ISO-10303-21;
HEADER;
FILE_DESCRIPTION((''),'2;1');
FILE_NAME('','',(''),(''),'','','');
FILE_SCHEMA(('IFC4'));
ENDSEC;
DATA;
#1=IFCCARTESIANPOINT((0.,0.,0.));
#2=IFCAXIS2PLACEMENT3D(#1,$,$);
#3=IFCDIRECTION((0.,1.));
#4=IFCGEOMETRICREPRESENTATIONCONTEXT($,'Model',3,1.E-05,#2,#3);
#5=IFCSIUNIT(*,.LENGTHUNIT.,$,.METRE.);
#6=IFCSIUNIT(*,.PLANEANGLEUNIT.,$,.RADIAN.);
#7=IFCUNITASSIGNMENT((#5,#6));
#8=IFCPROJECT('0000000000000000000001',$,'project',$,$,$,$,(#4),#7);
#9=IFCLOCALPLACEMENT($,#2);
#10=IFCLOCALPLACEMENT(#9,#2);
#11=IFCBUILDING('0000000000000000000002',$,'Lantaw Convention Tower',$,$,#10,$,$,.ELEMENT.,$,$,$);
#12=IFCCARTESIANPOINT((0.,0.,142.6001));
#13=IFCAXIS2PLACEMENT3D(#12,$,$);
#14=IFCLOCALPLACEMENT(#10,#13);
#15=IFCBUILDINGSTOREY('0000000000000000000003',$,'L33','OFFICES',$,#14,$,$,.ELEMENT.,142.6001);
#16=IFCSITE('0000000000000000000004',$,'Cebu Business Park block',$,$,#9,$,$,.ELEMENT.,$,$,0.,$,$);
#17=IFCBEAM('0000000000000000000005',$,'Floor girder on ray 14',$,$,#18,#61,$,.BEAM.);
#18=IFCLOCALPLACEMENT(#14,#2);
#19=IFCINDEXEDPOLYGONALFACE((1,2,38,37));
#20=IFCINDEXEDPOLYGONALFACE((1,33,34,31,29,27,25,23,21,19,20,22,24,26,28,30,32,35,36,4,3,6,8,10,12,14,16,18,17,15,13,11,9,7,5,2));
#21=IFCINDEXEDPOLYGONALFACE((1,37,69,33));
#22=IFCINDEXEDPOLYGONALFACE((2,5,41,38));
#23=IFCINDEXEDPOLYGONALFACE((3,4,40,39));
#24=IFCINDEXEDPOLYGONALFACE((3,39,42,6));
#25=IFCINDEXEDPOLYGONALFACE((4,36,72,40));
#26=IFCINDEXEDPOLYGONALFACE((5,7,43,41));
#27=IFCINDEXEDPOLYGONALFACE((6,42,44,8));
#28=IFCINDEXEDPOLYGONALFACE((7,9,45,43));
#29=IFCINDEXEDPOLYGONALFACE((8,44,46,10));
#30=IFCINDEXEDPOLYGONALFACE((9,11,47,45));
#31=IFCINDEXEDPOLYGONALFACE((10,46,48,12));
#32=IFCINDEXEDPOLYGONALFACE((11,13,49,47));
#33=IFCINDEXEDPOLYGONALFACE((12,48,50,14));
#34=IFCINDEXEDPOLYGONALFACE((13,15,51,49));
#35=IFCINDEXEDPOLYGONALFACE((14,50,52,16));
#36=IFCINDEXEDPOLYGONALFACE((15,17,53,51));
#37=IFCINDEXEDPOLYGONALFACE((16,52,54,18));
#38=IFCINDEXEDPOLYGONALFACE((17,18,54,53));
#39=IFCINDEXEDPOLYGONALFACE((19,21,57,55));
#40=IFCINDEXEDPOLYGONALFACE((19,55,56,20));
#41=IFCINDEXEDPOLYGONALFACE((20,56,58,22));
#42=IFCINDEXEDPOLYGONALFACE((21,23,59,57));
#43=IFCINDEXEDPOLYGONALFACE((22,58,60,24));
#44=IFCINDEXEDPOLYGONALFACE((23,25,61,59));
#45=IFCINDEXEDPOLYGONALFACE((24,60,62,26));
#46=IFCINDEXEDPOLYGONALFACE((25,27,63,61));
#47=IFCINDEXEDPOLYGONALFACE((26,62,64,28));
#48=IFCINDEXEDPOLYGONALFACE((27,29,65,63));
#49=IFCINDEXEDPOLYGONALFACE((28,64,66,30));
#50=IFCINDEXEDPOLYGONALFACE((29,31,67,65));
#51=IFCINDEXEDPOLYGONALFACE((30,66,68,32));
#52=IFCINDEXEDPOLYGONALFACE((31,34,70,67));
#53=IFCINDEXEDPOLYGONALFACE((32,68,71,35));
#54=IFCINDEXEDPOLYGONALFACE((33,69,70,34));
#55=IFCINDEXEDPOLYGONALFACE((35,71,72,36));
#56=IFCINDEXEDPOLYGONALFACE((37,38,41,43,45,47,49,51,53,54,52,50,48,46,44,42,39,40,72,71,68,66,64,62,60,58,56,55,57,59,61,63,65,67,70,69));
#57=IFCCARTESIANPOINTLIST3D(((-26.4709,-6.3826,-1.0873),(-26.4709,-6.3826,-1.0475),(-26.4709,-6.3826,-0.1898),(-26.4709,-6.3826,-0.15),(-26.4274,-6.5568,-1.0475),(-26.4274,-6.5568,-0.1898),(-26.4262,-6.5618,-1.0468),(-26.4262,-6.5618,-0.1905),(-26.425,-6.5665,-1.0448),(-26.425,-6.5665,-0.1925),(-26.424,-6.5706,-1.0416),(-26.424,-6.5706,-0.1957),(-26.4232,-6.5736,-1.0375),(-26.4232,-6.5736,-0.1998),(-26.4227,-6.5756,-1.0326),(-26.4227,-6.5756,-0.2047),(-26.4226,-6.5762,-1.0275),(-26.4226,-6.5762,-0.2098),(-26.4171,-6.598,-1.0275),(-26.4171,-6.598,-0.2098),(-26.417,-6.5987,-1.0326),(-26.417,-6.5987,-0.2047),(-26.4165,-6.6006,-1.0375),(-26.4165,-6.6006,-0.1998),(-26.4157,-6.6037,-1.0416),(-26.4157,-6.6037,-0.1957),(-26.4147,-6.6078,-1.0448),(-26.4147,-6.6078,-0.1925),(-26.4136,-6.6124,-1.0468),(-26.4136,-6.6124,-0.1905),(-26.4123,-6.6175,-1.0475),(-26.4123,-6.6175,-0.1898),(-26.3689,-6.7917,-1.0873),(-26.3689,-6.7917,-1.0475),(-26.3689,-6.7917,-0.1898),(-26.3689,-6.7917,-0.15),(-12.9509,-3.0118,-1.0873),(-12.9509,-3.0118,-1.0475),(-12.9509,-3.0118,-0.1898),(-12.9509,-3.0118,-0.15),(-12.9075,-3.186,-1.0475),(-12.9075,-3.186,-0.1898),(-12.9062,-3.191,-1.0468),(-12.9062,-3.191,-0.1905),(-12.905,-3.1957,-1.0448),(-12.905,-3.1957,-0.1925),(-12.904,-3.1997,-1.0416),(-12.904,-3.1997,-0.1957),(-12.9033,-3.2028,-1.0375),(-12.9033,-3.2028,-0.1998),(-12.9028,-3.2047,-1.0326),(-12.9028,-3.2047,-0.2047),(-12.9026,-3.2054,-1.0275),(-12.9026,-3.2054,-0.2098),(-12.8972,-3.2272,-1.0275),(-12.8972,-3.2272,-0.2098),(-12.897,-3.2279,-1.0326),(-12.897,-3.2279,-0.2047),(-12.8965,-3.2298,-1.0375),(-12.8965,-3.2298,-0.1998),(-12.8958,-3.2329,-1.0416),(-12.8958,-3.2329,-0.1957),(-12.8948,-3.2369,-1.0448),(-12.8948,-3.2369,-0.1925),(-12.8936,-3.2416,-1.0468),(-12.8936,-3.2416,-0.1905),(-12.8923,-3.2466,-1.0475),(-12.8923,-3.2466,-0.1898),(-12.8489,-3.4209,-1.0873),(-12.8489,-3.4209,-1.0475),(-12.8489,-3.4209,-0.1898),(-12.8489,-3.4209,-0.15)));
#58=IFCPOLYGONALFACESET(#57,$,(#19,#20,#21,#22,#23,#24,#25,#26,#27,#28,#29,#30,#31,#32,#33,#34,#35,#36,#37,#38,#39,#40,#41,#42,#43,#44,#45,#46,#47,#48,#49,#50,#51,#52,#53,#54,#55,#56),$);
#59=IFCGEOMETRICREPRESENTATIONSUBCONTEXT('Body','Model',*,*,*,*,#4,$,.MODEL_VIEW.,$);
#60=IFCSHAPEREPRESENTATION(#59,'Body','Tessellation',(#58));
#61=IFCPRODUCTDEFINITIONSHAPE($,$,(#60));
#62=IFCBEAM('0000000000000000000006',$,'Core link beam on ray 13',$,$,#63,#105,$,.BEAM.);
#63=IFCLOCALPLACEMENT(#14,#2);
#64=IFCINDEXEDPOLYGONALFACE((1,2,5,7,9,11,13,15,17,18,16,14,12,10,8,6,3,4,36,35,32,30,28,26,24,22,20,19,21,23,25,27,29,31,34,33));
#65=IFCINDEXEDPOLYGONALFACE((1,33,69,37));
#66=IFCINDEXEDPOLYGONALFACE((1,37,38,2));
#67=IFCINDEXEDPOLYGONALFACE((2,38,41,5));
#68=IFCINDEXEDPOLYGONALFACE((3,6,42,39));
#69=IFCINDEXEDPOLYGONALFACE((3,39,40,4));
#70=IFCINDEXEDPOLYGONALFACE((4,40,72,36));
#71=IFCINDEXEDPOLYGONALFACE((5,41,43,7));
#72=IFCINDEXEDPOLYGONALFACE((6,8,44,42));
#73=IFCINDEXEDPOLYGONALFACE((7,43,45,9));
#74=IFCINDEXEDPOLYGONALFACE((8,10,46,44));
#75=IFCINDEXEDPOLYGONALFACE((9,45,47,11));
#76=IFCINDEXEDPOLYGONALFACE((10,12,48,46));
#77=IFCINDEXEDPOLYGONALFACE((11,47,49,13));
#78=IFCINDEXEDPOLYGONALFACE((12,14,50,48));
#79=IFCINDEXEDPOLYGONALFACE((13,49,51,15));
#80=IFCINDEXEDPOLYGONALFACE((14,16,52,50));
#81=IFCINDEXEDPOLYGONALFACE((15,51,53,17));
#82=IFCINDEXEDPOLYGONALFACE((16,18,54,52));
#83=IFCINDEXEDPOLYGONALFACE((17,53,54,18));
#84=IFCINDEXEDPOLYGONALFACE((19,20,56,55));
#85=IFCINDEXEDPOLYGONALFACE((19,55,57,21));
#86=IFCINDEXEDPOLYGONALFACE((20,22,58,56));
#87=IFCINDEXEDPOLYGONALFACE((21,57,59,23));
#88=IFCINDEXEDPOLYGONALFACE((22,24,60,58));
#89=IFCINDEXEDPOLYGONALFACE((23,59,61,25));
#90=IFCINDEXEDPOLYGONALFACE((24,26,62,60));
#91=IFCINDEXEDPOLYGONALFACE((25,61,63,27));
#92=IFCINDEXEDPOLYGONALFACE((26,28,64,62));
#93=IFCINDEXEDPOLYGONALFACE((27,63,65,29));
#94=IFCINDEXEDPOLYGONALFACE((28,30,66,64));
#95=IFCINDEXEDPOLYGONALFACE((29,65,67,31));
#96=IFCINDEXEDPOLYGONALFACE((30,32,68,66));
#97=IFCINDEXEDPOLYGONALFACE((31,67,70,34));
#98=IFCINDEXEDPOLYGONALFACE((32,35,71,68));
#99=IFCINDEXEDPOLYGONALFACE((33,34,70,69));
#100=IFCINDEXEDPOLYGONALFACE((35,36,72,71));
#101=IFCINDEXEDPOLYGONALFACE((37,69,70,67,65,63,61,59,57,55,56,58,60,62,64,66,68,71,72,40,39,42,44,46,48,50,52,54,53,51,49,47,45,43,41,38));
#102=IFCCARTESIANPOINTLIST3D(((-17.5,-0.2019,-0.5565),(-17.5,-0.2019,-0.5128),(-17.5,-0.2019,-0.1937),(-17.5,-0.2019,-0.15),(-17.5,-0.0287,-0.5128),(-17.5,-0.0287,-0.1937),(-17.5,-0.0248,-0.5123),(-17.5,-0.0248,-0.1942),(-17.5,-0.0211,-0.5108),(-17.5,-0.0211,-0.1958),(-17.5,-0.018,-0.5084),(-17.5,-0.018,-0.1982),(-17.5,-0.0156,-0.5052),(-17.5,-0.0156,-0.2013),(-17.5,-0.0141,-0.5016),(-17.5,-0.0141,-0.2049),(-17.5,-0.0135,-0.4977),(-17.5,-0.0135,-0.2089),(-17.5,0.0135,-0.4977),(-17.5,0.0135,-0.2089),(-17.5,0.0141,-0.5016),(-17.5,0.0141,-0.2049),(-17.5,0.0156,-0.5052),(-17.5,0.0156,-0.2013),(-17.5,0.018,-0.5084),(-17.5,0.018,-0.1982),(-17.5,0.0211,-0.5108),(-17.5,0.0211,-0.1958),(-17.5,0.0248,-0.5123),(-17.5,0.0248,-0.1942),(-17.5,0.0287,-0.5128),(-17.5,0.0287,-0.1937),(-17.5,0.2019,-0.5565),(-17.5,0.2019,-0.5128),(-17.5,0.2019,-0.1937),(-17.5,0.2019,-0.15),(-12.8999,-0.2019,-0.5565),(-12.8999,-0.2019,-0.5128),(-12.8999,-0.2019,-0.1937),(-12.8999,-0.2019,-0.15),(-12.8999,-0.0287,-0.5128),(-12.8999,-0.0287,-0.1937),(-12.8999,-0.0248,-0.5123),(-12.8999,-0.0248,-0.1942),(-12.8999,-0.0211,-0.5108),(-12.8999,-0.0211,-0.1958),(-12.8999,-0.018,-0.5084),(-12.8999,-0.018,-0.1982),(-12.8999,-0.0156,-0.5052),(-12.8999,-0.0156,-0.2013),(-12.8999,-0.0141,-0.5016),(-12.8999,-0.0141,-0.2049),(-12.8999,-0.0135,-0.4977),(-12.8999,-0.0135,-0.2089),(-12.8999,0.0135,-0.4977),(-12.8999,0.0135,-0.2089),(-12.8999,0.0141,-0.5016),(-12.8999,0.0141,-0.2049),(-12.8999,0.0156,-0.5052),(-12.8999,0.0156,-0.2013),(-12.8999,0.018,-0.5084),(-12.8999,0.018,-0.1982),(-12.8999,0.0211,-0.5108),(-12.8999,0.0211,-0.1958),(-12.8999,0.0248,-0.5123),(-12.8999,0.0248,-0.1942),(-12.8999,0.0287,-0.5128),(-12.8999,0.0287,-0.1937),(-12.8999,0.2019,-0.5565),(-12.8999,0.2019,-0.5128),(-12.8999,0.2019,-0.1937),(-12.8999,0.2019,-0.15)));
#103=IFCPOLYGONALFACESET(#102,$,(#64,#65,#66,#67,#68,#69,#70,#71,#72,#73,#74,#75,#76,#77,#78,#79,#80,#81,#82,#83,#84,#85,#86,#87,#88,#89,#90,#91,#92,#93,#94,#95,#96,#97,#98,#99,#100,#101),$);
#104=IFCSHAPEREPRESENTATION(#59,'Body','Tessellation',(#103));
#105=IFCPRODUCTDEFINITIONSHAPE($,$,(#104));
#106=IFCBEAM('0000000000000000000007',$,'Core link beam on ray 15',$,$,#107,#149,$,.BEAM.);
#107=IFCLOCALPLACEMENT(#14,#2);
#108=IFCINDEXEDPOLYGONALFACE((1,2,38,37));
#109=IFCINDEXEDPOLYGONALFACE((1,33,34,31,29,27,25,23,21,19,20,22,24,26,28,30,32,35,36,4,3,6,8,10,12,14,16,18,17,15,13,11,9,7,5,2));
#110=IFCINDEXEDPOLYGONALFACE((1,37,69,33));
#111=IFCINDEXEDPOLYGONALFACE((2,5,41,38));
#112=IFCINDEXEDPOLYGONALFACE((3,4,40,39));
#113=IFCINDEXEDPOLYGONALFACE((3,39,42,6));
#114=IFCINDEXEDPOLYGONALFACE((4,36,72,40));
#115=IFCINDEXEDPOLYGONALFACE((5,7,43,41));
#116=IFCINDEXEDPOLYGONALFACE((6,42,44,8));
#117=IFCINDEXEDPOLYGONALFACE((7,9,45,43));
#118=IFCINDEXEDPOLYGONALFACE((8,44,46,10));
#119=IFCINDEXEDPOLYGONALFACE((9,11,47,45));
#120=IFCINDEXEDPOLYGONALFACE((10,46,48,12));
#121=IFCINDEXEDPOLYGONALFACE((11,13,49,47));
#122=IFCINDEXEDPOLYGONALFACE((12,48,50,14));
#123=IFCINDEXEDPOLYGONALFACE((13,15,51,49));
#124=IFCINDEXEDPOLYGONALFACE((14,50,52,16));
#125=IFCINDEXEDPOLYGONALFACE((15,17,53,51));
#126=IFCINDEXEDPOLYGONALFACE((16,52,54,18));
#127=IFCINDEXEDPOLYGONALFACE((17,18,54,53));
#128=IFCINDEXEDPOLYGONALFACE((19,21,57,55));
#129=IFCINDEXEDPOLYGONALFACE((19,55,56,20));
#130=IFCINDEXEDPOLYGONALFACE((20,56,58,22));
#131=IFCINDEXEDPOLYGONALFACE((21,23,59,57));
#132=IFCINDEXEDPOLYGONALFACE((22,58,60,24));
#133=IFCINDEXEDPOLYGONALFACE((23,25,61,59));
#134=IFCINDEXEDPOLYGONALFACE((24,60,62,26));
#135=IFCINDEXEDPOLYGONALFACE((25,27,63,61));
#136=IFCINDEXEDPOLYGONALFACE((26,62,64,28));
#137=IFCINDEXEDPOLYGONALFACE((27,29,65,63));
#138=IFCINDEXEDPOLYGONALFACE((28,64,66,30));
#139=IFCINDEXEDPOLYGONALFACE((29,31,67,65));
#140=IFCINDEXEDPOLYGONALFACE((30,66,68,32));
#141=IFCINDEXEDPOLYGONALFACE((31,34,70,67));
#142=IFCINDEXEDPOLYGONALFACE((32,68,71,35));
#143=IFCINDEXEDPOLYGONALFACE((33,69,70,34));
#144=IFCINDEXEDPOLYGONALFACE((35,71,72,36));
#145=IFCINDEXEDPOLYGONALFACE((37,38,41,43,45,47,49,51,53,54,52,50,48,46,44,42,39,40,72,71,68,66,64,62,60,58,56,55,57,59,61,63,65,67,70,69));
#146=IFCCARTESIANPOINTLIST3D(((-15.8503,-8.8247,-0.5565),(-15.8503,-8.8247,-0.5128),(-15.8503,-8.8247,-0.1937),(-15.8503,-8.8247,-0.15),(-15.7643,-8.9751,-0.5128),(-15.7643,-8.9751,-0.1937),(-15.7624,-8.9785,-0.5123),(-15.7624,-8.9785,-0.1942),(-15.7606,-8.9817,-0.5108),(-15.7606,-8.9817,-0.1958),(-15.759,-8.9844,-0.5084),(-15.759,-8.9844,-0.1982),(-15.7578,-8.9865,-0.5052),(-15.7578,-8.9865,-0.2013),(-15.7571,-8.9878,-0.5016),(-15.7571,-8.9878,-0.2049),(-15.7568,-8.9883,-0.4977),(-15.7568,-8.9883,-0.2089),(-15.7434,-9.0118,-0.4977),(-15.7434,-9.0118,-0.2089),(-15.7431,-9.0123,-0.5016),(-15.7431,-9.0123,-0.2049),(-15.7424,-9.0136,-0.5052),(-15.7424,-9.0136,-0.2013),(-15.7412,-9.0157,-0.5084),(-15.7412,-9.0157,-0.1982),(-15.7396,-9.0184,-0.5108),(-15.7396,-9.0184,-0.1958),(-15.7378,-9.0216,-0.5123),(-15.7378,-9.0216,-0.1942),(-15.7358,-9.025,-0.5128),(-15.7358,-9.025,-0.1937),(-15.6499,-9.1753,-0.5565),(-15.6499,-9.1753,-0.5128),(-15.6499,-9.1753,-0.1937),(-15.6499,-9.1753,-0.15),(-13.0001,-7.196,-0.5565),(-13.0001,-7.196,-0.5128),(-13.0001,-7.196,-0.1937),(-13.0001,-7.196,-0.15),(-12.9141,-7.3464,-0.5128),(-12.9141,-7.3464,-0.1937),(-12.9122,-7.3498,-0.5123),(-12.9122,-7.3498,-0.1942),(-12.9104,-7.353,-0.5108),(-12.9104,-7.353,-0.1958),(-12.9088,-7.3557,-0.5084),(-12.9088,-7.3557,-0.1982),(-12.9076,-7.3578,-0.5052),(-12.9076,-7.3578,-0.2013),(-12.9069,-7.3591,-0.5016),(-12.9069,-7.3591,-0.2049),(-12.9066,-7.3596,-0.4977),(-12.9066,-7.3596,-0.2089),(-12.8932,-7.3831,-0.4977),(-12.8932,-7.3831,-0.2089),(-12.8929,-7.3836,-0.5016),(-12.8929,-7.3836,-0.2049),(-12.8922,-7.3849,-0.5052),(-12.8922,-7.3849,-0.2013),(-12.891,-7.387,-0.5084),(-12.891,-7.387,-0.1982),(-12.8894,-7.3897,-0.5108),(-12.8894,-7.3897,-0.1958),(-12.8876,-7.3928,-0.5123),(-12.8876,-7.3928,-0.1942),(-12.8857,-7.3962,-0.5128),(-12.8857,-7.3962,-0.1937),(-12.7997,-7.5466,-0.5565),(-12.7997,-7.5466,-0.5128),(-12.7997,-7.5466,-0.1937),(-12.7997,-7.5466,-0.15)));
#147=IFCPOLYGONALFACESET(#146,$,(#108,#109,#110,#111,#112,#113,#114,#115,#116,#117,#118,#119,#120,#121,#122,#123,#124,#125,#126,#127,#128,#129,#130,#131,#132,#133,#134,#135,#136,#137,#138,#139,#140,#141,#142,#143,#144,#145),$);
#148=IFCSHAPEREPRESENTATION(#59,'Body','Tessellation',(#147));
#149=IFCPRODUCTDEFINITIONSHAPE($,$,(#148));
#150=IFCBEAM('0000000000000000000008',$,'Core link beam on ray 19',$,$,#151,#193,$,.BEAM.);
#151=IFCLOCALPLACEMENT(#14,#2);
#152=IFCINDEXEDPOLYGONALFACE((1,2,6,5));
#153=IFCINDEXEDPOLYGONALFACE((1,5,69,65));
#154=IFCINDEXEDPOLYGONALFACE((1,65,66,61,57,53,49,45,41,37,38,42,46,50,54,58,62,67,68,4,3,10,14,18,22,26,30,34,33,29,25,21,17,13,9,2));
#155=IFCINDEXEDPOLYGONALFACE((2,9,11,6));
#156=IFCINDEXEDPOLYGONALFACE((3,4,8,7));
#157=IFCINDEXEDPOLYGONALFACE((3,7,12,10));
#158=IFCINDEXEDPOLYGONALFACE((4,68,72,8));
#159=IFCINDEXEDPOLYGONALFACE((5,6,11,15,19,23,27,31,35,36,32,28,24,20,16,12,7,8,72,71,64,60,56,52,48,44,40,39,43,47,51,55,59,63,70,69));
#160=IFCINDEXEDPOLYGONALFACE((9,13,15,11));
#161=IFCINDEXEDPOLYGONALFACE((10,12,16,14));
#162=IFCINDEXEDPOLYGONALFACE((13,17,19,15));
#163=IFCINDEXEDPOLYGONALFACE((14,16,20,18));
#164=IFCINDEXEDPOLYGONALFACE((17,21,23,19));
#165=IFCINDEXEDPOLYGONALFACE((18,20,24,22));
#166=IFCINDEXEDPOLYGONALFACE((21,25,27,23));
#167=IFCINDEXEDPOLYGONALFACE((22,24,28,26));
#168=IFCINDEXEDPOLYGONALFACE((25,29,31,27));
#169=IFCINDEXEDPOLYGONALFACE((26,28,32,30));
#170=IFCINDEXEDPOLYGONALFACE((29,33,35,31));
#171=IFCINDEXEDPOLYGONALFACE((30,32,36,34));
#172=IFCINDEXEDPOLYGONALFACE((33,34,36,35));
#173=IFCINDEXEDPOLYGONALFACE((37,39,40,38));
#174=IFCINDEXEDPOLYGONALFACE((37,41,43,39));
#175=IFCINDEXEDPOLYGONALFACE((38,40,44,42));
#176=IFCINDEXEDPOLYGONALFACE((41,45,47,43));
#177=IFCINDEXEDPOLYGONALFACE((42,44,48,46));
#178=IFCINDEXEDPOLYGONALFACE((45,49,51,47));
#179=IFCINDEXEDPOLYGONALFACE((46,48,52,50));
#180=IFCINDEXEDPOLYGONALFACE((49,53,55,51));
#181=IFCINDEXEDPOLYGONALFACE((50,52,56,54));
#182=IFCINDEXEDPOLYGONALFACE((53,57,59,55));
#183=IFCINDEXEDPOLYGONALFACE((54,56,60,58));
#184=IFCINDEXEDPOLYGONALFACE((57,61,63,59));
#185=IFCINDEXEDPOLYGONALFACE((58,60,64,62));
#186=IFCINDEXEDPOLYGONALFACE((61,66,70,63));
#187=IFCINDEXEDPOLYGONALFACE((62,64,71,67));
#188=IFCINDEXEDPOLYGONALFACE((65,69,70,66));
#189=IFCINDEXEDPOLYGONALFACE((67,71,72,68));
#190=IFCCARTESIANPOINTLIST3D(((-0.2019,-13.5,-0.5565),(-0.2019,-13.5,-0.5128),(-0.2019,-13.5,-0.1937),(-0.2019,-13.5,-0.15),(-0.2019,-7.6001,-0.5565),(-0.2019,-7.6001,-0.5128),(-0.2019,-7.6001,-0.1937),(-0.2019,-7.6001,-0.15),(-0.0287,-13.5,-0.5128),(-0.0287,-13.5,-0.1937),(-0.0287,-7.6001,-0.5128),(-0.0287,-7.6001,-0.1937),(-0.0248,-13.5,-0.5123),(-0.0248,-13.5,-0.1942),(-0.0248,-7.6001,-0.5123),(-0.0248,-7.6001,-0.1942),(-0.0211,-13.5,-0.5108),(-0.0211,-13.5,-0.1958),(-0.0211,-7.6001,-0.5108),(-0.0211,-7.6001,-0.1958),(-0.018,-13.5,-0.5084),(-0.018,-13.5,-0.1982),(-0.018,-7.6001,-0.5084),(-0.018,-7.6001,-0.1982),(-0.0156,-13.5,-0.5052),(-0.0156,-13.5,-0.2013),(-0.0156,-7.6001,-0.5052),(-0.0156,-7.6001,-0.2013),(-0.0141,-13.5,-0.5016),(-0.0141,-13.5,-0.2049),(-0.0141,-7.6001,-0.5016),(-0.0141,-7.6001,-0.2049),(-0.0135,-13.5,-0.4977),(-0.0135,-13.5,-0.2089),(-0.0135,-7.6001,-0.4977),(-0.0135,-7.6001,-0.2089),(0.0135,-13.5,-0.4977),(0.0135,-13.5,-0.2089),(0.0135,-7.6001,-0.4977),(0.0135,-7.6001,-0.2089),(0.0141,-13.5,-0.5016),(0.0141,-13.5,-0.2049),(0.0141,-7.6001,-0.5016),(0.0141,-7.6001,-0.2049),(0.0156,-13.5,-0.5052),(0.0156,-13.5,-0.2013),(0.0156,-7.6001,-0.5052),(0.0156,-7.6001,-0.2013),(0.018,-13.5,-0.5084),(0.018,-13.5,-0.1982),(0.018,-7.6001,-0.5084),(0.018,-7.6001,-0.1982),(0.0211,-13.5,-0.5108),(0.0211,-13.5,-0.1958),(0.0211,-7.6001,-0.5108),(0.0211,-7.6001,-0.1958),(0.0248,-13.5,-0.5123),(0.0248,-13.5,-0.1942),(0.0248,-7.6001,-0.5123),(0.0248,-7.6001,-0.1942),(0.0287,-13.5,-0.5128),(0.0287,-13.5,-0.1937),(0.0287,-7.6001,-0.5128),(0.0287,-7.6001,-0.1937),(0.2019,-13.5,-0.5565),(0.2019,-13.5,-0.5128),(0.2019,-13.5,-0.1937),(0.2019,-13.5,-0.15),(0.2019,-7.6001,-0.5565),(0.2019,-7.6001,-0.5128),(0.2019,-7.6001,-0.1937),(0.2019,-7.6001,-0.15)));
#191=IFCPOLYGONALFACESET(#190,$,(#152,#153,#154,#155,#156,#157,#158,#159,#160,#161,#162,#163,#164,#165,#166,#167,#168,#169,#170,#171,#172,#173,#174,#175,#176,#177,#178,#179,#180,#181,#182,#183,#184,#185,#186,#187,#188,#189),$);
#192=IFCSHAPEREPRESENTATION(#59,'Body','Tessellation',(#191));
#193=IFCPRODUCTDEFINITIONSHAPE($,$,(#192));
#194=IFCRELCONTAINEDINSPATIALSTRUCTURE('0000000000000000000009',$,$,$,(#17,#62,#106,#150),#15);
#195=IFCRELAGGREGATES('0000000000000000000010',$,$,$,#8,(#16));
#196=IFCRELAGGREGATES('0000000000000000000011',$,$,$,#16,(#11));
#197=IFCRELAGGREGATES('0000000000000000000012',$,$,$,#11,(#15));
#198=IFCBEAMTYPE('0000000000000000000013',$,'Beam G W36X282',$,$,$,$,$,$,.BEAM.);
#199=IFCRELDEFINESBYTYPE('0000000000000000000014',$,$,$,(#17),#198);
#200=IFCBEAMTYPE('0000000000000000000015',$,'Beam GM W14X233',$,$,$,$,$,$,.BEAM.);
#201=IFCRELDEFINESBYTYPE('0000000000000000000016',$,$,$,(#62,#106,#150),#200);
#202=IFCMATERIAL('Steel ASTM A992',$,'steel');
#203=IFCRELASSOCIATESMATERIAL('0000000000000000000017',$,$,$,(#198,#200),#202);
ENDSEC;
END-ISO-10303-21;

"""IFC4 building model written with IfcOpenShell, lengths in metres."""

from ifc_helpers import new_model, si_unit, direction, frame, origin, origin_2d, place, context, subcontext, project, spatial, i_section, extrude, material, material_profile, profile_set, type_object, element, save


model = new_model("IFC4")

# Units and contexts
model_context = context("Model", 3, precision=1e-05, world=origin(), true_north=direction((0.0, 1.0)))
body_context = subcontext(model_context, "Body", "Model", "MODEL_VIEW")
ifc_project = project(units=[si_unit("LENGTHUNIT", "METRE"), si_unit("PLANEANGLEUNIT", "RADIAN")], contexts=[model_context])

# Site, building, storey
site_placement = place(None, origin())
site = spatial("IfcSite", under=ifc_project, at=site_placement, Name="Cebu Business Park block", CompositionType="ELEMENT", RefElevation=0.0)
building_placement = place(site_placement, origin())
building = spatial("IfcBuilding", under=site, at=building_placement, Name="Lantaw Convention Tower", CompositionType="ELEMENT")
storey_placement = place(building_placement, frame((0.0, 0.0, 142.6001)))
storey = spatial("IfcBuildingStorey", under=building, at=storey_placement, Name="L33", Description="OFFICES", CompositionType="ELEMENT", Elevation=142.6001)

# Beams
ifc_material_1 = material(Name="Steel ASTM A992", Category="steel")
ifc_material_profile_1 = material_profile(ifc_material_1, i_section(OverallWidth=0.4216, OverallDepth=0.9373, WebThickness=0.0225, FlangeThickness=0.0398, FilletRadius=0.02, at=origin_2d()), Name="W36X282")
ifc_profile_set_1 = profile_set([ifc_material_profile_1], Name="Steel ASTM A992")
beam_type_1 = type_object("IfcBeamType", Name="Beam G W36X282", PredefinedType="BEAM", material=ifc_profile_set_1)
beam_1_placement = place(storey_placement, frame((-12.8999, -3.2163, -0.6187), z_axis=(-0.970297, -0.241917, 0.0), x_axis=(0.241917, -0.970297, 0.0)))
element("IfcBeam", 1, at=beam_1_placement, inside=storey, type_object=beam_type_1, Name="Floor girder on ray 14", PredefinedType="BEAM", context=body_context, shape_type="SweptSolid", body=[
    extrude(i_section(OverallWidth=0.4216, OverallDepth=0.9373, WebThickness=0.0225, FlangeThickness=0.0398, FilletRadius=0.02, at=origin_2d()), origin(), (0.0, 0.0, 1.0), 13.9338),
])
ifc_material_profile_2 = material_profile(ifc_material_1, i_section(OverallWidth=0.4038, OverallDepth=0.4065, WebThickness=0.0271, FlangeThickness=0.0437, FilletRadius=0.0151, at=origin_2d()), Name="W14X233")
ifc_profile_set_2 = profile_set([ifc_material_profile_2], Name="Steel ASTM A992")
beam_type_2 = type_object("IfcBeamType", Name="Beam GM W14X233", PredefinedType="BEAM", material=ifc_profile_set_2)
beam_2_placement = place(storey_placement, frame((-12.8999, 0.0, -0.3533), z_axis=(-1.0, 0.0, 0.0), x_axis=(0.0, -1.0, 0.0)))
element("IfcBeam", 2, at=beam_2_placement, inside=storey, type_object=beam_type_2, Name="Core link beam on ray 13", PredefinedType="BEAM", context=body_context, shape_type="SweptSolid", body=[
    extrude(i_section(OverallWidth=0.4038, OverallDepth=0.4065, WebThickness=0.0271, FlangeThickness=0.0437, FilletRadius=0.0151, at=origin_2d()), origin(), (0.0, 0.0, 1.0), 4.6001),
])
beam_3_placement = place(storey_placement, frame((-12.8999, -7.3713, -0.3533), z_axis=(-0.868239, -0.496147, 0.0), x_axis=(0.496147, -0.868239, 0.0)))
element("IfcBeam", 3, at=beam_3_placement, inside=storey, type_object=beam_type_2, Name="Core link beam on ray 15", PredefinedType="BEAM", context=body_context, shape_type="SweptSolid", body=[
    extrude(i_section(OverallWidth=0.4038, OverallDepth=0.4065, WebThickness=0.0271, FlangeThickness=0.0437, FilletRadius=0.0151, at=origin_2d()), origin(), (0.0, 0.0, 1.0), 3.2827),
])
beam_4_placement = place(storey_placement, frame((0.0, -7.6001, -0.3533), z_axis=(0.0, -1.0, 0.0), x_axis=(1.0, 0.0, 0.0)))
element("IfcBeam", 4, at=beam_4_placement, inside=storey, type_object=beam_type_2, Name="Core link beam on ray 19", PredefinedType="BEAM", context=body_context, shape_type="SweptSolid", body=[
    extrude(i_section(OverallWidth=0.4038, OverallDepth=0.4065, WebThickness=0.0271, FlangeThickness=0.0437, FilletRadius=0.0151, at=origin_2d()), origin(), (0.0, 0.0, 1.0), 5.8999),
])

save(model, "model.ifc")
